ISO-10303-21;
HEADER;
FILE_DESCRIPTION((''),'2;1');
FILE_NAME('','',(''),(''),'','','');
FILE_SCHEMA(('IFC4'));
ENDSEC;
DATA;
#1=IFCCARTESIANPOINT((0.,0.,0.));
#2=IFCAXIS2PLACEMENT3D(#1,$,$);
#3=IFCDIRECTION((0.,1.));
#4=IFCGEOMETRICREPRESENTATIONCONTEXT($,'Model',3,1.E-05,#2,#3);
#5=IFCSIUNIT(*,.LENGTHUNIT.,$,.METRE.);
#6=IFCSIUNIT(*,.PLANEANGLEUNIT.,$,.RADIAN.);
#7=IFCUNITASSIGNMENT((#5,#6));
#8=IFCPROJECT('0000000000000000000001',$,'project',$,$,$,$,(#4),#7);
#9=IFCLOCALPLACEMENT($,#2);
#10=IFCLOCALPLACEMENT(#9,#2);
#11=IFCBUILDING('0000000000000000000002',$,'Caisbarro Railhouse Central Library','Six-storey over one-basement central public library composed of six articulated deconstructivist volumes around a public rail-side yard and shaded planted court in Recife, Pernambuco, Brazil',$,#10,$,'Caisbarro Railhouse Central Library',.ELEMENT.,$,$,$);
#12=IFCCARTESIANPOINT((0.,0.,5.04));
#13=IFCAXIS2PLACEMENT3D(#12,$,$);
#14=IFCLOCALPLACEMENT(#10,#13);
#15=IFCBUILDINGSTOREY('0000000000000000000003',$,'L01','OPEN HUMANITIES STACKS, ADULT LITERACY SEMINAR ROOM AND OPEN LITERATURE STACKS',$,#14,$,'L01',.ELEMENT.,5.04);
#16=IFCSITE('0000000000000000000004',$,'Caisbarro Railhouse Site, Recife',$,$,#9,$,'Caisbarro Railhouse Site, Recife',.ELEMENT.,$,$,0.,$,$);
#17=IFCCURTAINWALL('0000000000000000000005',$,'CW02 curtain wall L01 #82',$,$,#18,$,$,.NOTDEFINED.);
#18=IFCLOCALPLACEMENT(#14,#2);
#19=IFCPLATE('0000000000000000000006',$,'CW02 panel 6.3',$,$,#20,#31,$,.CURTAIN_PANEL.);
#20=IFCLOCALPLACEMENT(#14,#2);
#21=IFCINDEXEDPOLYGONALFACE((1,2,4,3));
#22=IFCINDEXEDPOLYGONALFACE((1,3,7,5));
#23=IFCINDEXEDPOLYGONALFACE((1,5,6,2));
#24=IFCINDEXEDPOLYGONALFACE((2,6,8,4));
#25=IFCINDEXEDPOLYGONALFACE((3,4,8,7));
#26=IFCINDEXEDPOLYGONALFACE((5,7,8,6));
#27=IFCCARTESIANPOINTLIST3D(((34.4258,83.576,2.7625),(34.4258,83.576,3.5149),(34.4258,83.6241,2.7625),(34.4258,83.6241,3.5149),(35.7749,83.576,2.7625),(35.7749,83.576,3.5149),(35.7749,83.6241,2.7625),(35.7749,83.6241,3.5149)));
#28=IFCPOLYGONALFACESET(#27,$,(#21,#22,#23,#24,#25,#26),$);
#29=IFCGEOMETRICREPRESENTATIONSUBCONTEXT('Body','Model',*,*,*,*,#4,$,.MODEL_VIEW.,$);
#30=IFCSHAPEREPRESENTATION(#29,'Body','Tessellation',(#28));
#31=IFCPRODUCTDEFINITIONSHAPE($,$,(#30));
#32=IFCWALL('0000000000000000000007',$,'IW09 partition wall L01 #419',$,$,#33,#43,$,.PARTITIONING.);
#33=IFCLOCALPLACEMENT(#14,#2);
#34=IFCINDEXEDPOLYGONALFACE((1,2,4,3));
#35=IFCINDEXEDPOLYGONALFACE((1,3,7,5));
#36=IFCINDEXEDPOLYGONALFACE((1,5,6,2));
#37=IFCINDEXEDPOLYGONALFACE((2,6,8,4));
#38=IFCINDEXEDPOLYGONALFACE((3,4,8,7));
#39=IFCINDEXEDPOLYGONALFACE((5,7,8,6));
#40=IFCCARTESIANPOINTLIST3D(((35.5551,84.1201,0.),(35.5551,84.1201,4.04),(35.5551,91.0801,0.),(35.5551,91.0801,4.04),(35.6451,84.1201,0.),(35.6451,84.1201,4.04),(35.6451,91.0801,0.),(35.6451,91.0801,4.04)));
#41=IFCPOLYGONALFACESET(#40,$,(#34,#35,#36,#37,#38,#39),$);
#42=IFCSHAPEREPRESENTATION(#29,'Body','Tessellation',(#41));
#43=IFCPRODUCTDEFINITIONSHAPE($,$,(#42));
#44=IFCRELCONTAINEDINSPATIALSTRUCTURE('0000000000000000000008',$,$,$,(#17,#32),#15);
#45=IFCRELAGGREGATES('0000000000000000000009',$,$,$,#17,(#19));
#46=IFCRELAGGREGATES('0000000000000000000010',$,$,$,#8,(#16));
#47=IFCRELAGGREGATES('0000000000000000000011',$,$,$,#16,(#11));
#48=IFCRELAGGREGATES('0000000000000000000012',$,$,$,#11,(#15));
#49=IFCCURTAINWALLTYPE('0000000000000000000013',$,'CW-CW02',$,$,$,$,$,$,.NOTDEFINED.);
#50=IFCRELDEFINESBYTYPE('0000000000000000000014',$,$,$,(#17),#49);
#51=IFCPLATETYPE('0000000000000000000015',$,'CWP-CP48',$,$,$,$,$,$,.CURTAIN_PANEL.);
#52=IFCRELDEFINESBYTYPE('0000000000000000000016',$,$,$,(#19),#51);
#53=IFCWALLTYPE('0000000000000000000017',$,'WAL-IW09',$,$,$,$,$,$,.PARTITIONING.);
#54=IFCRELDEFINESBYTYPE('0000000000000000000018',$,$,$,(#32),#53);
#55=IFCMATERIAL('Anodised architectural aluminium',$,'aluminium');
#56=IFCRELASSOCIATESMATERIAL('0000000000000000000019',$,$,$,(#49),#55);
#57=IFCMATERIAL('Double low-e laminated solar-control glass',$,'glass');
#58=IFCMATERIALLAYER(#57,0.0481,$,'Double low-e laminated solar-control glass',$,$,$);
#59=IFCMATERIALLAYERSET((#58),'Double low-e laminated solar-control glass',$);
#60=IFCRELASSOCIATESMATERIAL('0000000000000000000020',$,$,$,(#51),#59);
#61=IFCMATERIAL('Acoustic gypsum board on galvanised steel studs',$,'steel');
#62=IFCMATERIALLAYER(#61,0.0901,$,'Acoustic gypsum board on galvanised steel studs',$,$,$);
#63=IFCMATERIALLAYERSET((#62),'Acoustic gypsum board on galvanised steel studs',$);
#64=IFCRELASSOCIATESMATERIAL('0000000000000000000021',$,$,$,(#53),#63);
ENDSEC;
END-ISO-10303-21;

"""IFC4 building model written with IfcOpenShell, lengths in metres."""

from ifc_helpers import new_model, si_unit, direction, frame, frame_2d, origin, origin_2d, place, context, subcontext, project, spatial, rectangle, extrude, material, layer, layer_set, type_object, element, aggregate, save


model = new_model("IFC4")

# Units and contexts
model_context = context("Model", 3, precision=1e-05, world=origin(), true_north=direction((0.0, 1.0)))
body_context = subcontext(model_context, "Body", "Model", "MODEL_VIEW")
ifc_project = project(units=[si_unit("LENGTHUNIT", "METRE"), si_unit("PLANEANGLEUNIT", "RADIAN")], contexts=[model_context])

# Site, building, storey
site_placement = place(None, origin())
site = spatial("IfcSite", under=ifc_project, at=site_placement, Name="Caisbarro Railhouse Site, Recife", LongName="Caisbarro Railhouse Site, Recife", CompositionType="ELEMENT", RefElevation=0.0)
building_placement = place(site_placement, origin())
building = spatial("IfcBuilding", under=site, at=building_placement, Name="Caisbarro Railhouse Central Library", Description="Six-storey over one-basement central public library composed of six articulated deconstructivist volumes around a public rail-side yard and shaded planted court in Recife, Pernambuco, Brazil", LongName="Caisbarro Railhouse Central Library", CompositionType="ELEMENT")
storey_placement = place(building_placement, frame((0.0, 0.0, 5.04)))
storey = spatial("IfcBuildingStorey", under=building, at=storey_placement, Name="L01", Description="OPEN HUMANITIES STACKS, ADULT LITERACY SEMINAR ROOM AND OPEN LITERATURE STACKS", LongName="L01", CompositionType="ELEMENT", Elevation=5.04)

# Shared definitions
ifc_material_1 = material(Name="Anodised architectural aluminium", Category="aluminium")
curtain_wall_type = type_object("IfcCurtainWallType", Name="CW-CW02", PredefinedType="NOTDEFINED", material=ifc_material_1)

# Curtain wall
curtain_wall_1_placement = place(storey_placement, origin())
curtain_wall_1 = element("IfcCurtainWall", 1, at=curtain_wall_1_placement, inside=storey, type_object=curtain_wall_type, Name="CW02 curtain wall L01 #82", PredefinedType="NOTDEFINED")

# Plate
ifc_material_2 = material(Name="Double low-e laminated solar-control glass", Category="glass")
ifc_layer_1 = layer(ifc_material_2, 0.0481, Name="Double low-e laminated solar-control glass")
ifc_layer_set_1 = layer_set([ifc_layer_1], Name="Double low-e laminated solar-control glass")
plate_type_1 = type_object("IfcPlateType", Name="CWP-CP48", PredefinedType="CURTAIN_PANEL", material=ifc_layer_set_1)
plate_1_placement = place(storey_placement, frame((35.1003, 83.6001, 2.7625), z_axis=(0.0, 0.0, 1.0), x_axis=(1.0, 0.0, 0.0)))
plate_1 = element("IfcPlate", 2, at=plate_1_placement, type_object=plate_type_1, Name="CW02 panel 6.3", PredefinedType="CURTAIN_PANEL", context=body_context, shape_type="SweptSolid", body=[
    extrude(rectangle(XDim=1.3491, YDim=0.0481, at=origin_2d()), origin(), (0.0, 0.0, 1.0), 0.7524),
])
aggregate(curtain_wall_1, [plate_1])

# Wall
ifc_material_3 = material(Name="Acoustic gypsum board on galvanised steel studs", Category="steel")
ifc_layer_2 = layer(ifc_material_3, 0.0901, Name="Acoustic gypsum board on galvanised steel studs")
ifc_layer_set_2 = layer_set([ifc_layer_2], Name="Acoustic gypsum board on galvanised steel studs")
wall_type = type_object("IfcWallType", Name="WAL-IW09", PredefinedType="PARTITIONING", material=ifc_layer_set_2)
wall_placement = place(storey_placement, frame((35.6001, 84.1201, 0.0), z_axis=(0.0, 0.0, 1.0), x_axis=(0.0, 1.0, 0.0)))
element("IfcWall", 3, at=wall_placement, inside=storey, type_object=wall_type, Name="IW09 partition wall L01 #419", PredefinedType="PARTITIONING", context=body_context, shape_type="SweptSolid", body=[
    extrude(rectangle(XDim=6.96, YDim=0.0901, at=frame_2d((3.48, 0.0))), origin(), (0.0, 0.0, 1.0), 4.04),
])

save(model, "model.ifc")
